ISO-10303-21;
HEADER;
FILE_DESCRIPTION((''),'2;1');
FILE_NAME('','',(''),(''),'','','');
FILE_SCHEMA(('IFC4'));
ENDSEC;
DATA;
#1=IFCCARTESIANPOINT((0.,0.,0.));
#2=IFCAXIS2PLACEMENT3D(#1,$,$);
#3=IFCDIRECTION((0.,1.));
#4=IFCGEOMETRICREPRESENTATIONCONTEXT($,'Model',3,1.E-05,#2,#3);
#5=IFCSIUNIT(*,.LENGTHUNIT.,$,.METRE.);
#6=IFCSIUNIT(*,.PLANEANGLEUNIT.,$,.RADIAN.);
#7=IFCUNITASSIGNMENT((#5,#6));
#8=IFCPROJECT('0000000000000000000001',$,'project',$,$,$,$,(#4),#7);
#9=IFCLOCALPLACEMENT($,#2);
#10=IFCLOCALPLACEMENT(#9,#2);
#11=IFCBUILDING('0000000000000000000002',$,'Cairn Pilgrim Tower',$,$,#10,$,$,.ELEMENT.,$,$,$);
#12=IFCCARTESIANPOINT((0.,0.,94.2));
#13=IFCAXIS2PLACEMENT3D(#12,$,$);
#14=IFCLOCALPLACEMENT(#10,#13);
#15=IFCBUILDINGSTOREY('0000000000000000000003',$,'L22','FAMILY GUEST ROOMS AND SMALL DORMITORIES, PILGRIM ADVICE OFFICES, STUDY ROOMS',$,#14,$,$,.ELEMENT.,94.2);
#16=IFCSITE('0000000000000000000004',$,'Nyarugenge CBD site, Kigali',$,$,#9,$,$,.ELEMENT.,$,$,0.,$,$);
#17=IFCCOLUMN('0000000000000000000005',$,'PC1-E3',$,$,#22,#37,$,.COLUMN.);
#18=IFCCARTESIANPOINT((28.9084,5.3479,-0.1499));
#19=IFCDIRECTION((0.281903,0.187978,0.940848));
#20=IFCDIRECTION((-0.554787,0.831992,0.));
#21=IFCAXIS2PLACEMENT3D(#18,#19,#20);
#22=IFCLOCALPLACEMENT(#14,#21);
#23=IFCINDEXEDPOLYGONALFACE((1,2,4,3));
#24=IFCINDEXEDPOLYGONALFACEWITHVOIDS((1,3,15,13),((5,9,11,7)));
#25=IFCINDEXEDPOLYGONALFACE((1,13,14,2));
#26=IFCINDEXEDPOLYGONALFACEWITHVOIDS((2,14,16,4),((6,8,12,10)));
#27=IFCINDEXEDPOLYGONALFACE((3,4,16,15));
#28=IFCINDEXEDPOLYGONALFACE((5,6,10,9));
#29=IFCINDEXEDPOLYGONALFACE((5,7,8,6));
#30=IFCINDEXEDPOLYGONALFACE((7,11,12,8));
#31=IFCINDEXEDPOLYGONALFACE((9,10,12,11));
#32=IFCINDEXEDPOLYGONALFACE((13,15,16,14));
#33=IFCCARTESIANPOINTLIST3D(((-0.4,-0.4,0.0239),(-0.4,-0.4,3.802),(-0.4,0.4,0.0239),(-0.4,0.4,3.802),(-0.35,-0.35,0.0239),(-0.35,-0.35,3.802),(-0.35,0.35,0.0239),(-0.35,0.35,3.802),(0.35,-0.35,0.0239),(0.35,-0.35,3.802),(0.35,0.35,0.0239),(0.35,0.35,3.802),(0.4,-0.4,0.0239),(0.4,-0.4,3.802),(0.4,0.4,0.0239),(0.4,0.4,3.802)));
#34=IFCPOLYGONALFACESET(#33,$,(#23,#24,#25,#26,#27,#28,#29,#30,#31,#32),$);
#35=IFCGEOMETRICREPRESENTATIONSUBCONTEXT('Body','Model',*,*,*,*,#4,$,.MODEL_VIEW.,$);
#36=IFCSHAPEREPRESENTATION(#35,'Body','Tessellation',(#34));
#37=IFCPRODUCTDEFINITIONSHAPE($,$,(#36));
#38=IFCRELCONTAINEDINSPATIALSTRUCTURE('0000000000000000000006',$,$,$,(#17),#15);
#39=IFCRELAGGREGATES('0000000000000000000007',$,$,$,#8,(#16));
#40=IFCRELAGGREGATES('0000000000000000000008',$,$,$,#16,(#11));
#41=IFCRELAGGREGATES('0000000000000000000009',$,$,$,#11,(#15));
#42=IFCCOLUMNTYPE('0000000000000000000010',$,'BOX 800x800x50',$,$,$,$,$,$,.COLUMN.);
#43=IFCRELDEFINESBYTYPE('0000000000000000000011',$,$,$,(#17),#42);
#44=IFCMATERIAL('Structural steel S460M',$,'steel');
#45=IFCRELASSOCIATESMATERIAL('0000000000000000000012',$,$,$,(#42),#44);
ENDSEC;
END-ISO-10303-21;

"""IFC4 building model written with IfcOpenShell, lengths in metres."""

from ifc_helpers import new_model, si_unit, direction, frame, origin, origin_2d, place, context, subcontext, project, spatial, hollow_rectangle, extrude, clip, halfspace, material, material_profile, profile_set, type_object, element, save


model = new_model("IFC4")

# Units and contexts
model_context = context("Model", 3, precision=1e-05, world=origin(), true_north=direction((0.0, 1.0)))
body_context = subcontext(model_context, "Body", "Model", "MODEL_VIEW")
ifc_project = project(units=[si_unit("LENGTHUNIT", "METRE"), si_unit("PLANEANGLEUNIT", "RADIAN")], contexts=[model_context])

# Site, building, storey
site_placement = place(None, origin())
site = spatial("IfcSite", under=ifc_project, at=site_placement, Name="Nyarugenge CBD site, Kigali", CompositionType="ELEMENT", RefElevation=0.0)
building_placement = place(site_placement, origin())
building = spatial("IfcBuilding", under=site, at=building_placement, Name="Cairn Pilgrim Tower", CompositionType="ELEMENT")
storey_placement = place(building_placement, frame((0.0, 0.0, 94.2)))
storey = spatial("IfcBuildingStorey", under=building, at=storey_placement, Name="L22", Description="FAMILY GUEST ROOMS AND SMALL DORMITORIES, PILGRIM ADVICE OFFICES, STUDY ROOMS", CompositionType="ELEMENT", Elevation=94.2)

# Column
ifc_material_1 = material(Name="Structural steel S460M", Category="steel")
ifc_material_profile_1 = material_profile(ifc_material_1, hollow_rectangle(XDim=0.8, YDim=0.8, WallThickness=0.05, at=origin_2d()), Name="BOX 800x800x50")
ifc_profile_set_1 = profile_set([ifc_material_profile_1], Name="Structural steel S460M")
column_type_1 = type_object("IfcColumnType", Name="BOX 800x800x50", PredefinedType="COLUMN", material=ifc_profile_set_1)
column_placement = place(storey_placement, frame((28.9084, 5.3479, -0.1499), z_axis=(0.281903, 0.187978, 0.940848), x_axis=(-0.554787, 0.831992, 0.0)))
element("IfcColumn", 1, at=column_placement, inside=storey, type_object=column_type_1, Name="PC1-E3", PredefinedType="COLUMN", context=body_context, shape_type="Clipping", body=[
    clip(clip(extrude(hollow_rectangle(XDim=0.8, YDim=0.8, WallThickness=0.05, at=origin_2d()), origin(), (0.0, 0.0, 1.0), 3.8262), halfspace(frame((0.0, 0.0, 0.0239), z_axis=(0.0, 0.0, 1.0), x_axis=(1.0, 0.0, 0.0)), True)), halfspace(frame((0.0, 0.0, 3.802), z_axis=(0.0, 0.0, 1.0), x_axis=(1.0, 0.0, 0.0)), False)),
])

save(model, "model.ifc")
